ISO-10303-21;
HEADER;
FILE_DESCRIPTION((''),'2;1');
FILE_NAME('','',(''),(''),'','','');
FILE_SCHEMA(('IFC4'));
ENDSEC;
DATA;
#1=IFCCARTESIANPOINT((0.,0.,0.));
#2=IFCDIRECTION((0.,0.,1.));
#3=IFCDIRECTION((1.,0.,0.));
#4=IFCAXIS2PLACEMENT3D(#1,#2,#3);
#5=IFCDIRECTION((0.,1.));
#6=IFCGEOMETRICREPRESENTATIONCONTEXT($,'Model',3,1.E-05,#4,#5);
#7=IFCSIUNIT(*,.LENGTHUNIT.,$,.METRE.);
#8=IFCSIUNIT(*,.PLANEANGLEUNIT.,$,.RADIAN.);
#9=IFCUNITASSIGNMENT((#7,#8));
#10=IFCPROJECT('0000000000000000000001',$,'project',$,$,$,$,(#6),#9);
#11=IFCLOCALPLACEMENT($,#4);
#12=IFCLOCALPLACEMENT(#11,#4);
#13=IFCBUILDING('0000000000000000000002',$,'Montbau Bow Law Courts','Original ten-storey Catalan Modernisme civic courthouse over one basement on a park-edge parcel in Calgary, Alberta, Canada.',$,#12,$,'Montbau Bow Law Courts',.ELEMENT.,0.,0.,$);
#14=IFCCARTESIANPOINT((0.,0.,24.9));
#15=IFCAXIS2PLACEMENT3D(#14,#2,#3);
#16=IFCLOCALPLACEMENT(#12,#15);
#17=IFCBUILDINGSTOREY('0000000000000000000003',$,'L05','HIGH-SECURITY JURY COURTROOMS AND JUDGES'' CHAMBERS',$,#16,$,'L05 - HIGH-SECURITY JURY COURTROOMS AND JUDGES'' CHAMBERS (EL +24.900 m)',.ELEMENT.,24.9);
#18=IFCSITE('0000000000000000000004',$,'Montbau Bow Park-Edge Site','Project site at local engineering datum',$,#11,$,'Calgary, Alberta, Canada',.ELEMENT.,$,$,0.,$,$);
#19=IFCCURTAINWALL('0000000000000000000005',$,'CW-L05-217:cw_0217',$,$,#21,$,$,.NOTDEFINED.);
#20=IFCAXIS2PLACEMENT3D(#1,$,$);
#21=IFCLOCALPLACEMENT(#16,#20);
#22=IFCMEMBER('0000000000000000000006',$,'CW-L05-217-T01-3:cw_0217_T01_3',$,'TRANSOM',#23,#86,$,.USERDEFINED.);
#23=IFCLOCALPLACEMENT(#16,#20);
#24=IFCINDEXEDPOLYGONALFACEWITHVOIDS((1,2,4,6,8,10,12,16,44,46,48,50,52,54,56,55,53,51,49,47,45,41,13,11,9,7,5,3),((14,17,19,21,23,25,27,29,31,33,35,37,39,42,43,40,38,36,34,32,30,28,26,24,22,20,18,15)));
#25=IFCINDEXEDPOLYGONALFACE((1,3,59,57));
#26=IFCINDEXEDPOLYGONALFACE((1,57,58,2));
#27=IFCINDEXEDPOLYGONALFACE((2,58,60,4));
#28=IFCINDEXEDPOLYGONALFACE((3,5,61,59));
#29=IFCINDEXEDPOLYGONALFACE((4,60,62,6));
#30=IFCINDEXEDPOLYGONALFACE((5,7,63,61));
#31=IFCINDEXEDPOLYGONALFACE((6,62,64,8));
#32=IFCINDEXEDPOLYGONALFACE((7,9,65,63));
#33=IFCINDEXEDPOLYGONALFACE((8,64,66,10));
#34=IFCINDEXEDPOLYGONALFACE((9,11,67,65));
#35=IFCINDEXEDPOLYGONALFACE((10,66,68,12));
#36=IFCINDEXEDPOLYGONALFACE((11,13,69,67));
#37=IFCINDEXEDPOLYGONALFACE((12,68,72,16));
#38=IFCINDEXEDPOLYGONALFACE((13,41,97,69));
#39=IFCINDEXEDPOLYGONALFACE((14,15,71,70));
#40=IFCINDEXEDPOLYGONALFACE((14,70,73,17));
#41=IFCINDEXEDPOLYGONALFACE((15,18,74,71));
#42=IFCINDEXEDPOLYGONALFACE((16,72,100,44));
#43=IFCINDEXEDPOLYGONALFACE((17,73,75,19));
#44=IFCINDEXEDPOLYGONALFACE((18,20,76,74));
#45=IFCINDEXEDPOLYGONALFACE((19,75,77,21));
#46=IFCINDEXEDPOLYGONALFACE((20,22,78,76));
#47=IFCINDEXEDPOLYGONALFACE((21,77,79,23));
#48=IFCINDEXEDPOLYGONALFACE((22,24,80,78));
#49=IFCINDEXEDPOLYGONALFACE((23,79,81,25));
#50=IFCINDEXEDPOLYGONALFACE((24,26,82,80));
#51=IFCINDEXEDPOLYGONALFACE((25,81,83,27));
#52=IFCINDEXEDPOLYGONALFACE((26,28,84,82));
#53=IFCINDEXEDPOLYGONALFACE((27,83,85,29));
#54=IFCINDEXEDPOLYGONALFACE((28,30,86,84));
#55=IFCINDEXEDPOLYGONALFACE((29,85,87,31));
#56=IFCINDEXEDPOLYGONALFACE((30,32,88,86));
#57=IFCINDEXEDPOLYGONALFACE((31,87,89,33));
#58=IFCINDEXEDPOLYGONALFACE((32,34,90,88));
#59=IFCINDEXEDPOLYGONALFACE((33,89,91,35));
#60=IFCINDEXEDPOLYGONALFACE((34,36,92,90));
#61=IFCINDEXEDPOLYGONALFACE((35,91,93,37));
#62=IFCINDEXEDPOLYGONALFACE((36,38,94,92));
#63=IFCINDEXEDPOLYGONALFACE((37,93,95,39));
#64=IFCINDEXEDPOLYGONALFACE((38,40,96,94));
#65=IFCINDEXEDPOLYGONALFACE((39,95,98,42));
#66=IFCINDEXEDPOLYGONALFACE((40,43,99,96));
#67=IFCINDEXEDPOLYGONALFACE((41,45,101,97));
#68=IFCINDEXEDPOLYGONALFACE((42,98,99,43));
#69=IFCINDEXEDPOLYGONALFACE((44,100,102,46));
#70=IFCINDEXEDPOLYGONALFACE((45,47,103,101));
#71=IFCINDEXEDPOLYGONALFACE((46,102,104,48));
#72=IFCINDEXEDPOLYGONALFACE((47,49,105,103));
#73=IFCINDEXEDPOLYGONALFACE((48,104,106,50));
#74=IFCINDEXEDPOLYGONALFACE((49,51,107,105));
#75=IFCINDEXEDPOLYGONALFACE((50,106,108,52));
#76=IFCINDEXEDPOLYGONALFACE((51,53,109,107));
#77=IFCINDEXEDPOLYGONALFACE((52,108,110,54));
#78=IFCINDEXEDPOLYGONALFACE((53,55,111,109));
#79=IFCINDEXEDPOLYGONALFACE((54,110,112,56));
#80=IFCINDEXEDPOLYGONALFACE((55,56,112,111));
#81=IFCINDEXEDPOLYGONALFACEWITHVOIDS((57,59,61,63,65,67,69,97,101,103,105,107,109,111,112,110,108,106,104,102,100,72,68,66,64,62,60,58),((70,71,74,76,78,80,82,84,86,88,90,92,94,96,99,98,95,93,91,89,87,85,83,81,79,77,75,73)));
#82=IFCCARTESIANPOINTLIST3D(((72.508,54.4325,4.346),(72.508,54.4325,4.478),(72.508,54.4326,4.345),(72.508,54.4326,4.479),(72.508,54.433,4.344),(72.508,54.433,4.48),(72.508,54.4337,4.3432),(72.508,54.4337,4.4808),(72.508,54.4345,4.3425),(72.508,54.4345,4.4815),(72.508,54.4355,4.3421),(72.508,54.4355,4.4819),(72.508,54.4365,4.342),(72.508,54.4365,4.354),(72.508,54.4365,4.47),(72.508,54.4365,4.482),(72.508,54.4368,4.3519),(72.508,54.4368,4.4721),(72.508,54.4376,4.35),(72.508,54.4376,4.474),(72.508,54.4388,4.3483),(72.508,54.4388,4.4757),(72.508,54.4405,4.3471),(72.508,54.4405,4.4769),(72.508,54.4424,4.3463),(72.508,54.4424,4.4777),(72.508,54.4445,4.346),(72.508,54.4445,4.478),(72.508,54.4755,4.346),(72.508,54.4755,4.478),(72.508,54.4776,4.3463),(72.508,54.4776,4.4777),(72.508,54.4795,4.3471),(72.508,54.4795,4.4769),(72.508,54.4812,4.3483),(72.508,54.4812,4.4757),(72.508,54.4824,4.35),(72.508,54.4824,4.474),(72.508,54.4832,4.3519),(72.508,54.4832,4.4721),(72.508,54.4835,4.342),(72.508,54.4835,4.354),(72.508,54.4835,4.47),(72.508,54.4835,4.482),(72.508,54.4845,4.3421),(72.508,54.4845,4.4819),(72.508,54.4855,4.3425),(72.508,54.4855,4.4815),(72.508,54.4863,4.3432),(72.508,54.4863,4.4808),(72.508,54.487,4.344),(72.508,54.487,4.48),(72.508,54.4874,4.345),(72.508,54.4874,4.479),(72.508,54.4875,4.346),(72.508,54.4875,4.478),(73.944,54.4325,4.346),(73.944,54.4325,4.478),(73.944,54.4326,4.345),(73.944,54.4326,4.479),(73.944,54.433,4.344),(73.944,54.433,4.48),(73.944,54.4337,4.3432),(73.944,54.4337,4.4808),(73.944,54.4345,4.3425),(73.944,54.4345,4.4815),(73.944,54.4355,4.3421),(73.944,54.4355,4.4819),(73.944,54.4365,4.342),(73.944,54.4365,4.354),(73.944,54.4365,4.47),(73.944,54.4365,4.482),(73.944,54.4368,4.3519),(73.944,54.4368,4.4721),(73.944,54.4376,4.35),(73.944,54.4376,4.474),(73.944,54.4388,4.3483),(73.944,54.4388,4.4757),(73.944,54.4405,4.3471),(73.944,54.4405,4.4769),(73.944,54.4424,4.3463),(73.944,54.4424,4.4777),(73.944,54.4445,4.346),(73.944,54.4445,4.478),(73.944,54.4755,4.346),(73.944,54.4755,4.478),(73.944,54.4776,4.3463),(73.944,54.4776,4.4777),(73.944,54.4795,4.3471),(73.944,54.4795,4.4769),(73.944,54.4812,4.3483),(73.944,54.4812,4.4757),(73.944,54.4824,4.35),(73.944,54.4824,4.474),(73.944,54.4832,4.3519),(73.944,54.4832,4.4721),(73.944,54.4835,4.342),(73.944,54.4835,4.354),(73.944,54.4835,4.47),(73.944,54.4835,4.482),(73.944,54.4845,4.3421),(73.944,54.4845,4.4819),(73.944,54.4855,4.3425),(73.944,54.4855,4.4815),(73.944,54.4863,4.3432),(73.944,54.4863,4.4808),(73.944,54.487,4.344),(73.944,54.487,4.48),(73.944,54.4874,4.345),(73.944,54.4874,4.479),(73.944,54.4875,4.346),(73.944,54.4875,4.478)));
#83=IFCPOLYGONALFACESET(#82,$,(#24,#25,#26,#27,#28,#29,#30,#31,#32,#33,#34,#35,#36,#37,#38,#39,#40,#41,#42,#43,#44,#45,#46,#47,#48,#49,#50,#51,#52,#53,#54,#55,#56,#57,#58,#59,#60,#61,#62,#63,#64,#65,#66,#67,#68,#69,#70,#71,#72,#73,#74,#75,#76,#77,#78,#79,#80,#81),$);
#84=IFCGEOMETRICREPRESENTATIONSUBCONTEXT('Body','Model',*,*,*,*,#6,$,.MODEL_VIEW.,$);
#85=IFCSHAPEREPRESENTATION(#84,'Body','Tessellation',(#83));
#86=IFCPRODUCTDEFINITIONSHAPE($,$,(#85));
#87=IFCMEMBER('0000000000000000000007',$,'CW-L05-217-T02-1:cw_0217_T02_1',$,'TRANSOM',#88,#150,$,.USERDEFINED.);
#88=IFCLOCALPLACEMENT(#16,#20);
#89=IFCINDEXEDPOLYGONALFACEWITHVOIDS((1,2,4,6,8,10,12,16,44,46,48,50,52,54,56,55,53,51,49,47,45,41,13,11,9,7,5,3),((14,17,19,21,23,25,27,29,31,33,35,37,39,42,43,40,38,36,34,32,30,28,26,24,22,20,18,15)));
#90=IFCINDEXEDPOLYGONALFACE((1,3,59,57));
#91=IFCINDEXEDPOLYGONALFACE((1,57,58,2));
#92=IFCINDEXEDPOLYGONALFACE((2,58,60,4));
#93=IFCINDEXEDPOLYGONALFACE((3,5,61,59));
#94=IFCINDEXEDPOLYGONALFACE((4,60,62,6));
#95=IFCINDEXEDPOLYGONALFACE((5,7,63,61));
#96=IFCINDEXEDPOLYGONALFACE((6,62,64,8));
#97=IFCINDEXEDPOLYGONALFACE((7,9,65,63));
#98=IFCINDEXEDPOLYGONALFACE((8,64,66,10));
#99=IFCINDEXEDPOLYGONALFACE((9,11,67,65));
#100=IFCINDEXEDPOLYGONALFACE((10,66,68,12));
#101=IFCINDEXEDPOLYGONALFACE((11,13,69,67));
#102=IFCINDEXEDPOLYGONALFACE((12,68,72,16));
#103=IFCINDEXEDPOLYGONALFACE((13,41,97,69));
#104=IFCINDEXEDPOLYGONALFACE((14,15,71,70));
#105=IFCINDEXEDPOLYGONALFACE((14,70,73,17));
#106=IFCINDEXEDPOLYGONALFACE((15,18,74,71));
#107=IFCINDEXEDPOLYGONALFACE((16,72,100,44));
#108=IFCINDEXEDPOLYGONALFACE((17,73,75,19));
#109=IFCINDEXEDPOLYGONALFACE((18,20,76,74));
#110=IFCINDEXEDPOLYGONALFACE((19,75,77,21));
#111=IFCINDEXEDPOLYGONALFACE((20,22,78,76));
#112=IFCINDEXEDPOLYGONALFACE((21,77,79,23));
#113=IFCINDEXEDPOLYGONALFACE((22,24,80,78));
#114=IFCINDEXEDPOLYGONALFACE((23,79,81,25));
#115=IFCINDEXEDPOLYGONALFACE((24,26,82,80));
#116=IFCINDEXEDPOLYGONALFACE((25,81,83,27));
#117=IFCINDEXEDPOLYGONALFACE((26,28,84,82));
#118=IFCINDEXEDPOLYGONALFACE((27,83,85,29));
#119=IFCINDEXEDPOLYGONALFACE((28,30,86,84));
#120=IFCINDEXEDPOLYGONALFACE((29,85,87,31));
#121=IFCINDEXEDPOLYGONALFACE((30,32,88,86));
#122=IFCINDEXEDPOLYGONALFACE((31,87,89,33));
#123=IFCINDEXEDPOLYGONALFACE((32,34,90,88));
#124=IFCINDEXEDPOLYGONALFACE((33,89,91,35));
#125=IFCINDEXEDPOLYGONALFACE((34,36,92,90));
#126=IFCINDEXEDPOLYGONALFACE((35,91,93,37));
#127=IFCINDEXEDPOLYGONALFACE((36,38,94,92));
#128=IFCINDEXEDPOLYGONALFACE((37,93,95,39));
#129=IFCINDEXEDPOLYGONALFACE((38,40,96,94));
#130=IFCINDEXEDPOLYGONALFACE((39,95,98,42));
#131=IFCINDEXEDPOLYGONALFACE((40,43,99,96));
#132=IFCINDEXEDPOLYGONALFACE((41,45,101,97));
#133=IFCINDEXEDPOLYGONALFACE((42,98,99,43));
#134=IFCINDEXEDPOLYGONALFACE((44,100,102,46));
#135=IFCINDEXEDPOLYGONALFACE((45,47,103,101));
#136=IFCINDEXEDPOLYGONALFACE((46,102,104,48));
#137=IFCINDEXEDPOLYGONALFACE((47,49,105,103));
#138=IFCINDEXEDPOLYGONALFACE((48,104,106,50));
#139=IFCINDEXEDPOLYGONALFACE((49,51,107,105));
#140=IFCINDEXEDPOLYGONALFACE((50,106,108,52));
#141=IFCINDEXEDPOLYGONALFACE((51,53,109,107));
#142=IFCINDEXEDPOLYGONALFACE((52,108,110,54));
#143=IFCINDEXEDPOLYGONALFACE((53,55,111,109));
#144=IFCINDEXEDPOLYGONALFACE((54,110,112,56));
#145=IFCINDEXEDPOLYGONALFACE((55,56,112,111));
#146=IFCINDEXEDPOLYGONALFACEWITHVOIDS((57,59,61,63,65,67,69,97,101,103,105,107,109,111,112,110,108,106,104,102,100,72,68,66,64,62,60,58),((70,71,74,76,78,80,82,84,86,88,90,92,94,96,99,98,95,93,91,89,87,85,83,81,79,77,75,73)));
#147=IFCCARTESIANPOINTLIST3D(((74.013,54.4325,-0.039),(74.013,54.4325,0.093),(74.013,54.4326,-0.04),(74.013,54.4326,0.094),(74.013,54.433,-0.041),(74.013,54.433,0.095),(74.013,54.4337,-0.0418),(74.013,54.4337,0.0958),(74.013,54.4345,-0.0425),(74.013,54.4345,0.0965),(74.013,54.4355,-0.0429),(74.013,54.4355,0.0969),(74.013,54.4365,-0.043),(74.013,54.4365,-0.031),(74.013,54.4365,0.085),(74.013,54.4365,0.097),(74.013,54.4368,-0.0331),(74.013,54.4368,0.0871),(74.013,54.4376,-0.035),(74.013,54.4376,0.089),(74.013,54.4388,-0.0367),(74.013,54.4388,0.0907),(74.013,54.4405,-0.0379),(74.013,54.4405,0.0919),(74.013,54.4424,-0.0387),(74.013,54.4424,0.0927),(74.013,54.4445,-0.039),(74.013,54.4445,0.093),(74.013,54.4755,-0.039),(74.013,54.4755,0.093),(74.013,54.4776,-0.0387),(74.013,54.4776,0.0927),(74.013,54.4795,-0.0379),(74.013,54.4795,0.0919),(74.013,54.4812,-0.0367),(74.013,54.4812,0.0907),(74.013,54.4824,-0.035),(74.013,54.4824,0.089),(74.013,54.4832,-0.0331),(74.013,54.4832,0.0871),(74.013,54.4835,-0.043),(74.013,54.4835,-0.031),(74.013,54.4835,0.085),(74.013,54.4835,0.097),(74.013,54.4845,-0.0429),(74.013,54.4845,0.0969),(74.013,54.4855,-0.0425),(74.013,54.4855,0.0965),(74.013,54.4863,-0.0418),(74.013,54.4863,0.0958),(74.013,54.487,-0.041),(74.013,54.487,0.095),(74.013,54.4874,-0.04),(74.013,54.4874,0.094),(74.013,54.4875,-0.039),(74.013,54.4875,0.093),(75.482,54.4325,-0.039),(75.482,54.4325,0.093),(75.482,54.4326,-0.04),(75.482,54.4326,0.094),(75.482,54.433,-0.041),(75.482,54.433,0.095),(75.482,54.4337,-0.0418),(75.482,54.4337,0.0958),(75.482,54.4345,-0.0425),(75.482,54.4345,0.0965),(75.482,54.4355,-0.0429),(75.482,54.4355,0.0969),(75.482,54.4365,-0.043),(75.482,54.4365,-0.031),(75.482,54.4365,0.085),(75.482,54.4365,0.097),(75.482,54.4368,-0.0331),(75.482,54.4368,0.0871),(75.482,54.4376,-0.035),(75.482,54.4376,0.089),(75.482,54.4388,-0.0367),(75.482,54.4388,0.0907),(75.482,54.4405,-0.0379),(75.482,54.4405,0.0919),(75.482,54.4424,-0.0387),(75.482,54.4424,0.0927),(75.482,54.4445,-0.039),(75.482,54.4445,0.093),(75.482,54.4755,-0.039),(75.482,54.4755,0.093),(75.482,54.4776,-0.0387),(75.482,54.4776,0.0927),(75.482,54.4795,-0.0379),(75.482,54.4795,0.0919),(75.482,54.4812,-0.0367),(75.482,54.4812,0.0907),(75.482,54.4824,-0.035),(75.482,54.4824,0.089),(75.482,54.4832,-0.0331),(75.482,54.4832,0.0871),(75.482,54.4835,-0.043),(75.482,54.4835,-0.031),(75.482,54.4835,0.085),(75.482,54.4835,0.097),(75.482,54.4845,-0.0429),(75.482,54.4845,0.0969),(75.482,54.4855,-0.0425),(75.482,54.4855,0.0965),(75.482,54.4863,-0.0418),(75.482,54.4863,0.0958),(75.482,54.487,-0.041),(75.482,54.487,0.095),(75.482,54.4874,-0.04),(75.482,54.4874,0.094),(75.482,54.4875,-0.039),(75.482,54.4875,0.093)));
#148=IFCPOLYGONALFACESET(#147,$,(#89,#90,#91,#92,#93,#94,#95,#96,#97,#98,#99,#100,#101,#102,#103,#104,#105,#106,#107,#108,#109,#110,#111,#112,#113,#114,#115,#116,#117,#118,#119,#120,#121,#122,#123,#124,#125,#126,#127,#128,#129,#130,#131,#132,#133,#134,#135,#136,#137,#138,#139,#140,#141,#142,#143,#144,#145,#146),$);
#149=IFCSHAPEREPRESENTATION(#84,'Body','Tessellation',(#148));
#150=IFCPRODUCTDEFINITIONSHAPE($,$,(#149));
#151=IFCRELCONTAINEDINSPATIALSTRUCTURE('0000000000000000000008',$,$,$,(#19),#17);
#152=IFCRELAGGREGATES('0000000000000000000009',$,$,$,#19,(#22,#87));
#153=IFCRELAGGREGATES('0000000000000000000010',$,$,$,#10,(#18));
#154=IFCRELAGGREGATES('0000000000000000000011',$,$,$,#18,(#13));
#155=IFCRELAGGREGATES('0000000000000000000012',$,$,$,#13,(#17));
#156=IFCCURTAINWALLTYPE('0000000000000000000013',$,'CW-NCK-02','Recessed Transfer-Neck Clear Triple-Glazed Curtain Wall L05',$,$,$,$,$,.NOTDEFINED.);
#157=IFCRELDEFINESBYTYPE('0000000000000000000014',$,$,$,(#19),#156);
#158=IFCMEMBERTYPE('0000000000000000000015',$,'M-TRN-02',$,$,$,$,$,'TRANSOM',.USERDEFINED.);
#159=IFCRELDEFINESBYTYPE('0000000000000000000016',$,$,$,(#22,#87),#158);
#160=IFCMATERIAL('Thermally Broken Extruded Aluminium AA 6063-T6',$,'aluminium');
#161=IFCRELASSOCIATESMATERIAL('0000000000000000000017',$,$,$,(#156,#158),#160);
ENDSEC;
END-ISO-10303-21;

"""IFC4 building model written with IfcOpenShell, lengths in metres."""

from ifc_helpers import new_model, si_unit, direction, frame, origin_with_axes, origin_2d_with_axis, place, context, subcontext, project, spatial, hollow_rectangle, extrude, material, material_profile, profile_set, type_object, element, aggregate, save


model = new_model("IFC4")

# Units and contexts
model_context = context("Model", 3, precision=1e-05, world=origin_with_axes(), true_north=direction((0.0, 1.0)))
body_context = subcontext(model_context, "Body", "Model", "MODEL_VIEW")
ifc_project = project(units=[si_unit("LENGTHUNIT", "METRE"), si_unit("PLANEANGLEUNIT", "RADIAN")], contexts=[model_context])

# Site, building, storey
site_placement = place(None, origin_with_axes())
site = spatial("IfcSite", under=ifc_project, at=site_placement, Name="Montbau Bow Park-Edge Site", Description="Project site at local engineering datum", LongName="Calgary, Alberta, Canada", CompositionType="ELEMENT", RefElevation=0.0)
building_placement = place(site_placement, origin_with_axes())
building = spatial("IfcBuilding", under=site, at=building_placement, Name="Montbau Bow Law Courts", Description="Original ten-storey Catalan Modernisme civic courthouse over one basement on a park-edge parcel in Calgary, Alberta, Canada.", LongName="Montbau Bow Law Courts", CompositionType="ELEMENT", ElevationOfRefHeight=0.0, ElevationOfTerrain=0.0)
storey_placement = place(building_placement, frame((0.0, 0.0, 24.9), z_axis=(0.0, 0.0, 1.0), x_axis=(1.0, 0.0, 0.0)))
storey = spatial("IfcBuildingStorey", under=building, at=storey_placement, Name="L05", Description="HIGH-SECURITY JURY COURTROOMS AND JUDGES' CHAMBERS", LongName="L05 - HIGH-SECURITY JURY COURTROOMS AND JUDGES' CHAMBERS (EL +24.900 m)", CompositionType="ELEMENT", Elevation=24.9)

# Curtain wall, members
ifc_material_1 = material(Name="Thermally Broken Extruded Aluminium AA 6063-T6", Category="aluminium")
curtain_wall_type = type_object("IfcCurtainWallType", Name="CW-NCK-02", Description="Recessed Transfer-Neck Clear Triple-Glazed Curtain Wall L05", PredefinedType="NOTDEFINED", material=ifc_material_1)
curtain_wall_placement = place(None, frame((72.44, 54.46, 24.9), z_axis=(0.0, 0.0, 1.0), x_axis=(1.0, 0.0, 0.0)))
curtain_wall = element("IfcCurtainWall", 1, at=curtain_wall_placement, inside=storey, type_object=curtain_wall_type, Name="CW-L05-217:cw_0217", PredefinedType="NOTDEFINED")
ifc_material_profile_1 = material_profile(ifc_material_1, hollow_rectangle(XDim=0.055, YDim=0.14, WallThickness=0.004, InnerFilletRadius=0.008, OuterFilletRadius=0.004, at=origin_2d_with_axis()), Name="CWT-140X55", Category="Main", Priority=0)
ifc_profile_set_1 = profile_set([ifc_material_profile_1], Name="Thermally Broken Extruded Aluminium AA 6063-T6")
member_type_1 = type_object("IfcMemberType", Name="M-TRN-02", ElementType="TRANSOM", PredefinedType="USERDEFINED", material=ifc_profile_set_1)
member_1_placement = place(None, frame((72.508, 54.46, 29.312), z_axis=(1.0, 0.0, 0.0), x_axis=(0.0, 1.0, 0.0)))
member_1 = element("IfcMember", 2, at=member_1_placement, type_object=member_type_1, Name="CW-L05-217-T01-3:cw_0217_T01_3", ObjectType="TRANSOM", PredefinedType="USERDEFINED", context=body_context, shape_type="SweptSolid", body=[
    extrude(hollow_rectangle(XDim=0.055, YDim=0.14, WallThickness=0.004, InnerFilletRadius=0.008, OuterFilletRadius=0.004, at=origin_2d_with_axis()), origin_with_axes(), (0.0, 0.0, 1.0), 1.436),
])
member_2_placement = place(None, frame((74.013, 54.46, 24.927), z_axis=(1.0, 0.0, 0.0), x_axis=(0.0, 1.0, 0.0)))
member_2 = element("IfcMember", 3, at=member_2_placement, type_object=member_type_1, Name="CW-L05-217-T02-1:cw_0217_T02_1", ObjectType="TRANSOM", PredefinedType="USERDEFINED", context=body_context, shape_type="SweptSolid", body=[
    extrude(hollow_rectangle(XDim=0.055, YDim=0.14, WallThickness=0.004, InnerFilletRadius=0.008, OuterFilletRadius=0.004, at=origin_2d_with_axis()), origin_with_axes(), (0.0, 0.0, 1.0), 1.469),
])
aggregate(curtain_wall, [member_1, member_2])

save(model, "model.ifc")
